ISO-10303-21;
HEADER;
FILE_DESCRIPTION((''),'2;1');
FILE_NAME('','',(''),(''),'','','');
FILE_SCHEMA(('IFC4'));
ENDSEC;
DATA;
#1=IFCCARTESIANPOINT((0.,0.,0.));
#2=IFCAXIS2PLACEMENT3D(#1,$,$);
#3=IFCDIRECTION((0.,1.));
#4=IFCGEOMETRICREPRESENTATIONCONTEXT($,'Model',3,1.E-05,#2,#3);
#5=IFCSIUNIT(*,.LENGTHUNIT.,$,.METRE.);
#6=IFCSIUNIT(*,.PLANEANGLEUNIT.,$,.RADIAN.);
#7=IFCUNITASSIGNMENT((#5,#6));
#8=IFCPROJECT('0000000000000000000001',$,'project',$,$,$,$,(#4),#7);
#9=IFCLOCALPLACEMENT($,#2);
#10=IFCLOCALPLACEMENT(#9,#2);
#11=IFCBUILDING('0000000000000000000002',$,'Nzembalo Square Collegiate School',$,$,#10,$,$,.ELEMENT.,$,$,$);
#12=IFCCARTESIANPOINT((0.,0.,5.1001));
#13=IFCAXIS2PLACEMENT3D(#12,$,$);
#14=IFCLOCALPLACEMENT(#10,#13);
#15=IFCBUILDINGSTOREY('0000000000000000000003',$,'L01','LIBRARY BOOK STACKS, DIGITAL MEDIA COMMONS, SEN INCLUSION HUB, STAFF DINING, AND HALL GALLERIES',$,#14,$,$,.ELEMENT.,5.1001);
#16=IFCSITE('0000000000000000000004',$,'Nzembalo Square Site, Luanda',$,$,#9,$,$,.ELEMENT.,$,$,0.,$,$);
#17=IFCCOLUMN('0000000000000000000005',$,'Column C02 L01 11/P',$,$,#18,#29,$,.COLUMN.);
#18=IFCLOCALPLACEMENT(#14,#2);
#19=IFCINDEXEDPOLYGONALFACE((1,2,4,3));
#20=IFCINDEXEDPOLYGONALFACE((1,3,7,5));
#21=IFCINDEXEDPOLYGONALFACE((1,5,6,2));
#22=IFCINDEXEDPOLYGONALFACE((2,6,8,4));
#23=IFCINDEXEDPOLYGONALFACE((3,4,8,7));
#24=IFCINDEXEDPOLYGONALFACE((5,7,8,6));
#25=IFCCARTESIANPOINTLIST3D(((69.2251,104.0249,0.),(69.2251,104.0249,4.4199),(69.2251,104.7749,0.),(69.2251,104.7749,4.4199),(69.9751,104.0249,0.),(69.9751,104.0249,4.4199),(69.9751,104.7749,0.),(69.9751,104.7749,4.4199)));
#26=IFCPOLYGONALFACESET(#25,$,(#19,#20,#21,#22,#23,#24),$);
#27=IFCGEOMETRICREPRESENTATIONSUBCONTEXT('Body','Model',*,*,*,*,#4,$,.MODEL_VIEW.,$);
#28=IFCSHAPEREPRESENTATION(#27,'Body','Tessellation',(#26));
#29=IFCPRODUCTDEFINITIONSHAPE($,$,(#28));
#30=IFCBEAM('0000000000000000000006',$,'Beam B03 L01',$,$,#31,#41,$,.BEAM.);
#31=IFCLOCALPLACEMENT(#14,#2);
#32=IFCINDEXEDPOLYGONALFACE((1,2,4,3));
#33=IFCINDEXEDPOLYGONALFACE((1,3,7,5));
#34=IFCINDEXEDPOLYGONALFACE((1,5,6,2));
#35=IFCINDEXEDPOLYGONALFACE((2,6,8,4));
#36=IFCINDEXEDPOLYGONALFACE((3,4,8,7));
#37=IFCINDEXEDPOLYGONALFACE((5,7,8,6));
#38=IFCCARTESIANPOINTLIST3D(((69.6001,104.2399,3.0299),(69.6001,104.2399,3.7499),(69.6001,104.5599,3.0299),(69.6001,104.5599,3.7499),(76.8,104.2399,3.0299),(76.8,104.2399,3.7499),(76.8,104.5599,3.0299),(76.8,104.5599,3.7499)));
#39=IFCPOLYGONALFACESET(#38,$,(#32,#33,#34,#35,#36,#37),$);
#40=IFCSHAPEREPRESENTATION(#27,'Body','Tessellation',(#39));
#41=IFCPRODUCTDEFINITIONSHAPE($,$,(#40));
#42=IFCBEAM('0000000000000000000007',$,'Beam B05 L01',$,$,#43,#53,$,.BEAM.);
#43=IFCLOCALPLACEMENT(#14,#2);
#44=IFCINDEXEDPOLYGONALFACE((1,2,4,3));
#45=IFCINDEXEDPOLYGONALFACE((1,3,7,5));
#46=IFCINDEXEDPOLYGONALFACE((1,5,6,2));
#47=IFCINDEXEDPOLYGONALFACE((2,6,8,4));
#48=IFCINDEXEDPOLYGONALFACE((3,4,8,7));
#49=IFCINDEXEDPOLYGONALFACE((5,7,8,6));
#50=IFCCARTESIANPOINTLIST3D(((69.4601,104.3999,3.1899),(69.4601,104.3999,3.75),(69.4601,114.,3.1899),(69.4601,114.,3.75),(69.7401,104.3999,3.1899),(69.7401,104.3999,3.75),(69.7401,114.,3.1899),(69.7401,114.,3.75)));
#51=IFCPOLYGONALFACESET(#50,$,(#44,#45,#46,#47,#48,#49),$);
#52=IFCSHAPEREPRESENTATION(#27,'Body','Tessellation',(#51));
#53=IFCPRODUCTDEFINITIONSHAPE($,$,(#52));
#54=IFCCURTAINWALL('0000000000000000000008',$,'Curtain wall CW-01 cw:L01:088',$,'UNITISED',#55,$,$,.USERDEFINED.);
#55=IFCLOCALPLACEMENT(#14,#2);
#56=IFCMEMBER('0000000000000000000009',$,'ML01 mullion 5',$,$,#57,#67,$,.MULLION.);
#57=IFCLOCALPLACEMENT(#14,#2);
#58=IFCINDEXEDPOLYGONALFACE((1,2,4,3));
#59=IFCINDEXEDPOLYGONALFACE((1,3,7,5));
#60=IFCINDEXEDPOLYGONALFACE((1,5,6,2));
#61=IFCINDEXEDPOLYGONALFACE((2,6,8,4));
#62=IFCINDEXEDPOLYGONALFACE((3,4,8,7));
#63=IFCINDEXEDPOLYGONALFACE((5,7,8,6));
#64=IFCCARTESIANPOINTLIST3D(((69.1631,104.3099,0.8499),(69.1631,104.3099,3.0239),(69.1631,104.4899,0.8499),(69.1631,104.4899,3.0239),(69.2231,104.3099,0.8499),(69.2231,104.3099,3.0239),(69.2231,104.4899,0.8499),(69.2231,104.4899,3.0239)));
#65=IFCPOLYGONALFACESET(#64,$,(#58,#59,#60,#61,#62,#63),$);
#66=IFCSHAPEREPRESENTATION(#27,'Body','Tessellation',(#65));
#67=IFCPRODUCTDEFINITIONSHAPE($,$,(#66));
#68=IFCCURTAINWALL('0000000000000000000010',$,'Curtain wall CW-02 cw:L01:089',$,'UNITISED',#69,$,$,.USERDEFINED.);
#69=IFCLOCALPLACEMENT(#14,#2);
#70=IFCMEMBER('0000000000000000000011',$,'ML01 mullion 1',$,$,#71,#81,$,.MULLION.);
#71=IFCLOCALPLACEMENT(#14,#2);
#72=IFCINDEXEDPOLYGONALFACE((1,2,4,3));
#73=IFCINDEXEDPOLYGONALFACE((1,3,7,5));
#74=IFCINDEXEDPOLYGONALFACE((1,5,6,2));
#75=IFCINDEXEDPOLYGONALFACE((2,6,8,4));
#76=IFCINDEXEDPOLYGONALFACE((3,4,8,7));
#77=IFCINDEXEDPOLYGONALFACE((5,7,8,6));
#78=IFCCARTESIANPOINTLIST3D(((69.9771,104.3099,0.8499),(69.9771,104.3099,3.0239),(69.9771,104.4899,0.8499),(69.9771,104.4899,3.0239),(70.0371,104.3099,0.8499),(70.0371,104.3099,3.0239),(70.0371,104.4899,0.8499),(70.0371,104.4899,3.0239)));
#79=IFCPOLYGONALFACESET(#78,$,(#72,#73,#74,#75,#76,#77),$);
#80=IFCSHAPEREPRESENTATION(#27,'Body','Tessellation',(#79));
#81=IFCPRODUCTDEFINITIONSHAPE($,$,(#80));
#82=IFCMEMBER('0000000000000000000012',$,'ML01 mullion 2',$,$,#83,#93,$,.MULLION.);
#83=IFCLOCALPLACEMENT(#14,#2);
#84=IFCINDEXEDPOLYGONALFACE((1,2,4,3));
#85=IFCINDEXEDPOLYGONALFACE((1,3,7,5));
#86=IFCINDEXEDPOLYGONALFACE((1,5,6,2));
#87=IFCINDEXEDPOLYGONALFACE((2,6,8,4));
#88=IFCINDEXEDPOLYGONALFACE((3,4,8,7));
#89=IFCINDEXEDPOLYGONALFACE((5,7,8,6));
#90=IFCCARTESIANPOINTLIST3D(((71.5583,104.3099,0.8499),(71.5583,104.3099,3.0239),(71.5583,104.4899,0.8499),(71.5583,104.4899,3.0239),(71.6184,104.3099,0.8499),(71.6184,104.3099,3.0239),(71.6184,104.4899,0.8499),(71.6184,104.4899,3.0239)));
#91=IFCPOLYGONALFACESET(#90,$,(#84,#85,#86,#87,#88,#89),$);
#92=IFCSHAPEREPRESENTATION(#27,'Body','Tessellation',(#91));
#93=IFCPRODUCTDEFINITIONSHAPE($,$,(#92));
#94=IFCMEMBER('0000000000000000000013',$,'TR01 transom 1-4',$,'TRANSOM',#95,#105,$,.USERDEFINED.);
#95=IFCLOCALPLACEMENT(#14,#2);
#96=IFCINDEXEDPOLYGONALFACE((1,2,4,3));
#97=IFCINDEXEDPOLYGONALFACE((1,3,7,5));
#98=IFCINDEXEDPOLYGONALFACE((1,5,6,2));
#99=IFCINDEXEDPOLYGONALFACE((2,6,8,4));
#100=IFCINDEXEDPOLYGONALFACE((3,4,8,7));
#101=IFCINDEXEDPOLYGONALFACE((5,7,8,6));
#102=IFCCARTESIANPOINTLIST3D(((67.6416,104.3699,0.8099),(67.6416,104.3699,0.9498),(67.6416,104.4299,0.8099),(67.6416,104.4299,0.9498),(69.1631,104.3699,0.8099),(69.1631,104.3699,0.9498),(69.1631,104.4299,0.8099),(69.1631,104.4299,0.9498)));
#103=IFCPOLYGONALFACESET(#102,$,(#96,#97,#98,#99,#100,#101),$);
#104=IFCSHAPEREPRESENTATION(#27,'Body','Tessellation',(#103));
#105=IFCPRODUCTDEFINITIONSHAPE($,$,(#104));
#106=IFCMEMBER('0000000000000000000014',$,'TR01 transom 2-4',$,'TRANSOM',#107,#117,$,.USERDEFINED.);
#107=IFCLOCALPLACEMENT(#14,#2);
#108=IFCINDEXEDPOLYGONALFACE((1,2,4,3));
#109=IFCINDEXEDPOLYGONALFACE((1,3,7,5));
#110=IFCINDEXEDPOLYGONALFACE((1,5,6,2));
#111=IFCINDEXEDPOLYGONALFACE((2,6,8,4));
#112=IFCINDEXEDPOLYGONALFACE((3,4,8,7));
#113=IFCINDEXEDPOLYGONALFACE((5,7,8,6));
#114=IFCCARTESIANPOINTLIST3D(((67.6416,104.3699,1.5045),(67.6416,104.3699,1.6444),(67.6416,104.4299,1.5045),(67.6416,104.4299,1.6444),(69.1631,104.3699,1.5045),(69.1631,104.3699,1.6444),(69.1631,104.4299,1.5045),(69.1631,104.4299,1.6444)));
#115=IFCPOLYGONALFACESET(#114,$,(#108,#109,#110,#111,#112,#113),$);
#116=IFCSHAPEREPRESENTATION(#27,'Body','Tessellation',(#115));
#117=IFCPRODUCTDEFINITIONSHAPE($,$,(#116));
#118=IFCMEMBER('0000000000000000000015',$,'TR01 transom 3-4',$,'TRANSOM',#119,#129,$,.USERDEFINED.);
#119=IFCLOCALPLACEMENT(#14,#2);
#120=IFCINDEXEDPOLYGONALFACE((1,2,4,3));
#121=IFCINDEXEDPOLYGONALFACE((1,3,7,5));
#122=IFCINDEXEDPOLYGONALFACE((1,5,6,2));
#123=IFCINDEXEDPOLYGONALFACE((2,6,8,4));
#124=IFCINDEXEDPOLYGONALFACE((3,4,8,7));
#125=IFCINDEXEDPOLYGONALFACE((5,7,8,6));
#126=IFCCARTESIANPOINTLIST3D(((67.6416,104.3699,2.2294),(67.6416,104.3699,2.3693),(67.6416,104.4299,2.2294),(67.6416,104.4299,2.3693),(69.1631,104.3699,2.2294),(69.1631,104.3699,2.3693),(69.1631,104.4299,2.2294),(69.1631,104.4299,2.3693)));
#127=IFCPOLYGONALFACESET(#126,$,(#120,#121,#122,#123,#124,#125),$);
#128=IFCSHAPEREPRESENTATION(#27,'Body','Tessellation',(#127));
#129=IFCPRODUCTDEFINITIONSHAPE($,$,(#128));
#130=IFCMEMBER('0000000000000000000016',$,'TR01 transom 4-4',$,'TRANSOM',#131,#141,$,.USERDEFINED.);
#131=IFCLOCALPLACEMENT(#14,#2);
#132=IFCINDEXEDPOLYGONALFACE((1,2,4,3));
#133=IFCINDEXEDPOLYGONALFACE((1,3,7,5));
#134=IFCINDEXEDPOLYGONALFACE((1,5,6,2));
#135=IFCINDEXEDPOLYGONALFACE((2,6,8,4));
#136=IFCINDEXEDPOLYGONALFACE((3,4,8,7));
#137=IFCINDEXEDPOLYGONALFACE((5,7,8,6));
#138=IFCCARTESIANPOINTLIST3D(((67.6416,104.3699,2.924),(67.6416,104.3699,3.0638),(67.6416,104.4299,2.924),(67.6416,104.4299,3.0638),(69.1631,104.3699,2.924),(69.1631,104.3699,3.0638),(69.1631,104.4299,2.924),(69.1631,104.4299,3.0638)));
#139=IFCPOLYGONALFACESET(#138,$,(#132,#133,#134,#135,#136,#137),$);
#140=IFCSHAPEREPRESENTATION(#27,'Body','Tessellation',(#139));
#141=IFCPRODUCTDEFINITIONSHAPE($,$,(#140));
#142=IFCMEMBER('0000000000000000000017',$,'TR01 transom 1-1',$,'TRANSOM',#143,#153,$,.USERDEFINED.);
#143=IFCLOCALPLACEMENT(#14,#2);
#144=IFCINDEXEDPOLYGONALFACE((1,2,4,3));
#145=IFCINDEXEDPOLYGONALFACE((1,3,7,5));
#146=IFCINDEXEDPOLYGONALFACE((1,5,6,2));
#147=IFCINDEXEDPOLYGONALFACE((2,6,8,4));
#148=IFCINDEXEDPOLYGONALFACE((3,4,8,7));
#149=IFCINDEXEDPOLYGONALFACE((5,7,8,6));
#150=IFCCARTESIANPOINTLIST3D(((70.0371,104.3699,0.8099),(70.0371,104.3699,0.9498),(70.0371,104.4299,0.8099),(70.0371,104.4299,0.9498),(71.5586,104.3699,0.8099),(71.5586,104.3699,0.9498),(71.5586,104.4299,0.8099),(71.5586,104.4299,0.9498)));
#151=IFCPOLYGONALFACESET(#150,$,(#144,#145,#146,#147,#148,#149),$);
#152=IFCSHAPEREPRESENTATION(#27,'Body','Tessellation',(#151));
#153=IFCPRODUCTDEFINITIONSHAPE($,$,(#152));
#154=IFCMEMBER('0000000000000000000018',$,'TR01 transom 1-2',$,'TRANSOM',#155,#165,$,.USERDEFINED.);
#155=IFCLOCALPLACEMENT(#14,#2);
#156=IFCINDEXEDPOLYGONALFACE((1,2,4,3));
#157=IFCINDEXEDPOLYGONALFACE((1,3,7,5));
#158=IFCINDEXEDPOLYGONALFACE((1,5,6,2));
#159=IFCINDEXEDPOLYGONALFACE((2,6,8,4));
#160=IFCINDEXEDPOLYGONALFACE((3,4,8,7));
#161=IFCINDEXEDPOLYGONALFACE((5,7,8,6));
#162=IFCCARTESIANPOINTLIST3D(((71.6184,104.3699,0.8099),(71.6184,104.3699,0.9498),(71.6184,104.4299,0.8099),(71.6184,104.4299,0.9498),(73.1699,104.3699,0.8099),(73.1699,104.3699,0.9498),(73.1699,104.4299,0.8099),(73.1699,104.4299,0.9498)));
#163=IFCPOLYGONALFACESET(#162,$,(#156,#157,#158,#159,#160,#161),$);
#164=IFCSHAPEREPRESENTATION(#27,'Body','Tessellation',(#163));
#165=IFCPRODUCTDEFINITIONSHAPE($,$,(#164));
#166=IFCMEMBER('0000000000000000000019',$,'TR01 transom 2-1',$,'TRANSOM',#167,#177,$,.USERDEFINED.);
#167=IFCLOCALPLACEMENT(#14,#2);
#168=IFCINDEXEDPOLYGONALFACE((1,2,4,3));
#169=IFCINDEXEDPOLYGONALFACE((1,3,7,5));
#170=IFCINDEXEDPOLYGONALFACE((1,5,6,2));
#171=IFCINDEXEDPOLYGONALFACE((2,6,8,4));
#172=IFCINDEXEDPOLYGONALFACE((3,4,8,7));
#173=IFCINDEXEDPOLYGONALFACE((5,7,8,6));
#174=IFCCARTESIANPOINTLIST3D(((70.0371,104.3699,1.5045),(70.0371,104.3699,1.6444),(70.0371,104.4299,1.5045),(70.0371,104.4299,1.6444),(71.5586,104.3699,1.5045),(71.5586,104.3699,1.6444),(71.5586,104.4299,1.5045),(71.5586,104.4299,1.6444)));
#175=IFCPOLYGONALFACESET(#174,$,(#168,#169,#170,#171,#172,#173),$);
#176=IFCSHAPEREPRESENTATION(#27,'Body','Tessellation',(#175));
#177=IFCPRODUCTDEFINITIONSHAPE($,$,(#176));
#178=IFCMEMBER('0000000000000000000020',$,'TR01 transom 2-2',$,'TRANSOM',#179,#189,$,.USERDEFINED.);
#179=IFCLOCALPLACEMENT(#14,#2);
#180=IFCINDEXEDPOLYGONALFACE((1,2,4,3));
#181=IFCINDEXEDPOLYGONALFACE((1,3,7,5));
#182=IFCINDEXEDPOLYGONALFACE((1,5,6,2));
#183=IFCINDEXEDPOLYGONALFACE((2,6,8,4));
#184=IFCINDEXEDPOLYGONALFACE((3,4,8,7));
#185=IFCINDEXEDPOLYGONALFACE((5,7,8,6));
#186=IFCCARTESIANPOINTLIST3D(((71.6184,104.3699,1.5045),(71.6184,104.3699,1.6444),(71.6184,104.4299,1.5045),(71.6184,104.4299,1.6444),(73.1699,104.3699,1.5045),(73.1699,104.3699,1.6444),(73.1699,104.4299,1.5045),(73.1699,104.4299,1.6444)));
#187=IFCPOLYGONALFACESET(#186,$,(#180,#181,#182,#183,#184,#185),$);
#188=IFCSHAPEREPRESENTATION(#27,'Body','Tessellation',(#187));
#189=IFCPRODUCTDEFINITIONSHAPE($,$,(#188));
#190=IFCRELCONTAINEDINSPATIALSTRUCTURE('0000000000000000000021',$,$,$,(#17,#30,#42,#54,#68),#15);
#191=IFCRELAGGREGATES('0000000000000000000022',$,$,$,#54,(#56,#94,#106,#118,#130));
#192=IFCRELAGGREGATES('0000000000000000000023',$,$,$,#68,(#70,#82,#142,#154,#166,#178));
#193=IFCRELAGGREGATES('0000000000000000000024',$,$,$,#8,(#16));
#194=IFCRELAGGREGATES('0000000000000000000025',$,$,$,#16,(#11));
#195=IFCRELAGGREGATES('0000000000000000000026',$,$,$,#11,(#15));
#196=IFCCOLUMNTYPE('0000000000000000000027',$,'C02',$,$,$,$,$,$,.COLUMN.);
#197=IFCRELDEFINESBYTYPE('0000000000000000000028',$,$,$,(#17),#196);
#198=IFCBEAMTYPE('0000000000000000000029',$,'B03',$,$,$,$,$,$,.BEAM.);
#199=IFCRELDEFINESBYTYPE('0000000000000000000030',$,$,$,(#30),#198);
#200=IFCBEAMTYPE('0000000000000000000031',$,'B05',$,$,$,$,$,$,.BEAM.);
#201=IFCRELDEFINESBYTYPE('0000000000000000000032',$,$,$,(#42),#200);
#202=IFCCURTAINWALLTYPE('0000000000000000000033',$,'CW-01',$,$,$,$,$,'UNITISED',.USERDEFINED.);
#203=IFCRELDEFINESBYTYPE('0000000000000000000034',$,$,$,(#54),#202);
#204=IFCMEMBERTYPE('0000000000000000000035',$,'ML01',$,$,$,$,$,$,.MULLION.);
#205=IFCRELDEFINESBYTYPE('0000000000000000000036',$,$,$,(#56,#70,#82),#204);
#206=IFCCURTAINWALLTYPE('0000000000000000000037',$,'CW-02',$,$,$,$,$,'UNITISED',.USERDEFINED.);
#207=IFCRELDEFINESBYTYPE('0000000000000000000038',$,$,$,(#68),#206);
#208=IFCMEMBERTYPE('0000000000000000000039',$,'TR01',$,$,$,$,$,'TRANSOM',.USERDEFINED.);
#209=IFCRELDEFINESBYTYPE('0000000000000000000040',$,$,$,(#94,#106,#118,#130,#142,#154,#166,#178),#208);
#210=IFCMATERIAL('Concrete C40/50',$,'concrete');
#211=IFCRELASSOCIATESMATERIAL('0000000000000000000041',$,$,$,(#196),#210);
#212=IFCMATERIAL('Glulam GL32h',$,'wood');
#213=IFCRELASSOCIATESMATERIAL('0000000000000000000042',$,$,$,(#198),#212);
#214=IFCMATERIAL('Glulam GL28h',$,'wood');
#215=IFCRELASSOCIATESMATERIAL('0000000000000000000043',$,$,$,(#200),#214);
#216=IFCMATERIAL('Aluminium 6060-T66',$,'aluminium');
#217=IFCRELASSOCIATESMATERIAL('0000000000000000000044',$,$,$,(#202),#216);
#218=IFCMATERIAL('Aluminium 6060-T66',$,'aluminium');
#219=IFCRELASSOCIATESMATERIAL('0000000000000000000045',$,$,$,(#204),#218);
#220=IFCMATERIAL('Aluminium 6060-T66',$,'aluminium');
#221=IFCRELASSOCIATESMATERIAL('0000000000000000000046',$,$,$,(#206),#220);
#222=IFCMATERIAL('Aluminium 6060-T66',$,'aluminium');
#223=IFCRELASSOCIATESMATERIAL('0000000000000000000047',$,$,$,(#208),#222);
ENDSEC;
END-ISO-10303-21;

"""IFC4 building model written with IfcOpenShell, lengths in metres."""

from ifc_helpers import new_model, si_unit, direction, frame, origin, origin_2d, place, context, subcontext, project, spatial, rectangle, extrude, material, material_profile, profile_set, type_object, element, aggregate, save


model = new_model("IFC4")

# Units and contexts
model_context = context("Model", 3, precision=1e-05, world=origin(), true_north=direction((0.0, 1.0)))
body_context = subcontext(model_context, "Body", "Model", "MODEL_VIEW")
ifc_project = project(units=[si_unit("LENGTHUNIT", "METRE"), si_unit("PLANEANGLEUNIT", "RADIAN")], contexts=[model_context])

# Site, building, storey
site_placement = place(None, origin())
site = spatial("IfcSite", under=ifc_project, at=site_placement, Name="Nzembalo Square Site, Luanda", CompositionType="ELEMENT", RefElevation=0.0)
building_placement = place(site_placement, origin())
building = spatial("IfcBuilding", under=site, at=building_placement, Name="Nzembalo Square Collegiate School", CompositionType="ELEMENT")
storey_placement = place(building_placement, frame((0.0, 0.0, 5.1001)))
storey = spatial("IfcBuildingStorey", under=building, at=storey_placement, Name="L01", Description="LIBRARY BOOK STACKS, DIGITAL MEDIA COMMONS, SEN INCLUSION HUB, STAFF DINING, AND HALL GALLERIES", CompositionType="ELEMENT", Elevation=5.1001)

# Column
ifc_material_1 = material(Name="Concrete C40/50", Category="concrete")
ifc_material_profile_1 = material_profile(ifc_material_1, rectangle(XDim=0.75, YDim=0.75, at=origin_2d()), Name="RC 750x750")
ifc_profile_set_1 = profile_set([ifc_material_profile_1], Name="Concrete C40/50")
column_type = type_object("IfcColumnType", Name="C02", PredefinedType="COLUMN", material=ifc_profile_set_1)
column_placement = place(storey_placement, frame((69.6001, 104.3999, 0.0), z_axis=(0.0, 0.0, 1.0), x_axis=(1.0, 0.0, 0.0)))
element("IfcColumn", 1, at=column_placement, inside=storey, type_object=column_type, Name="Column C02 L01 11/P", PredefinedType="COLUMN", context=body_context, shape_type="SweptSolid", body=[
    extrude(rectangle(XDim=0.75, YDim=0.75, at=origin_2d()), origin(), (0.0, 0.0, 1.0), 4.4199),
])

# Beams
ifc_material_2 = material(Name="Glulam GL32h", Category="wood")
ifc_material_profile_2 = material_profile(ifc_material_2, rectangle(XDim=0.3201, YDim=0.72, at=origin_2d()), Name="GL32h 320x720")
ifc_profile_set_2 = profile_set([ifc_material_profile_2], Name="Glulam GL32h")
beam_type_1 = type_object("IfcBeamType", Name="B03", PredefinedType="BEAM", material=ifc_profile_set_2)
beam_1_placement = place(storey_placement, frame((69.6001, 104.3999, 3.3899), z_axis=(1.0, 0.0, 0.0), x_axis=(0.0, 1.0, 0.0)))
element("IfcBeam", 2, at=beam_1_placement, inside=storey, type_object=beam_type_1, Name="Beam B03 L01", PredefinedType="BEAM", context=body_context, shape_type="SweptSolid", body=[
    extrude(rectangle(XDim=0.3201, YDim=0.72, at=origin_2d()), origin(), (0.0, 0.0, 1.0), 7.2),
])
ifc_material_3 = material(Name="Glulam GL28h", Category="wood")
ifc_material_profile_3 = material_profile(ifc_material_3, rectangle(XDim=0.28, YDim=0.5601, at=origin_2d()), Name="GL28h 280x560")
ifc_profile_set_3 = profile_set([ifc_material_profile_3], Name="Glulam GL28h")
beam_type_2 = type_object("IfcBeamType", Name="B05", PredefinedType="BEAM", material=ifc_profile_set_3)
beam_2_placement = place(storey_placement, frame((69.6001, 104.3999, 3.47), z_axis=(0.0, 1.0, 0.0), x_axis=(-1.0, 0.0, 0.0)))
element("IfcBeam", 3, at=beam_2_placement, inside=storey, type_object=beam_type_2, Name="Beam B05 L01", PredefinedType="BEAM", context=body_context, shape_type="SweptSolid", body=[
    extrude(rectangle(XDim=0.28, YDim=0.5601, at=origin_2d()), origin(), (0.0, 0.0, 1.0), 9.6001),
])

# Curtain wall, member
ifc_material_4 = material(Name="Aluminium 6060-T66", Category="aluminium")
curtain_wall_type_1 = type_object("IfcCurtainWallType", Name="CW-01", ElementType="UNITISED", PredefinedType="USERDEFINED", material=ifc_material_4)
curtain_wall_1_placement = place(storey_placement, origin())
curtain_wall_1 = element("IfcCurtainWall", 4, at=curtain_wall_1_placement, inside=storey, type_object=curtain_wall_type_1, Name="Curtain wall CW-01 cw:L01:088", ObjectType="UNITISED", PredefinedType="USERDEFINED")
ifc_material_5 = material(Name="Aluminium 6060-T66", Category="aluminium")
ifc_material_profile_4 = material_profile(ifc_material_5, rectangle(XDim=0.0601, YDim=0.1799, at=origin_2d()), Name="ALU M60x180")
ifc_profile_set_4 = profile_set([ifc_material_profile_4], Name="Aluminium 6060-T66")
member_type_1 = type_object("IfcMemberType", Name="ML01", PredefinedType="MULLION", material=ifc_profile_set_4)
member_1_placement = place(storey_placement, frame((69.1931, 104.3999, 0.8499), z_axis=(0.0, 0.0, 1.0), x_axis=(1.0, 0.0, 0.0)))
member_1 = element("IfcMember", 5, at=member_1_placement, type_object=member_type_1, Name="ML01 mullion 5", PredefinedType="MULLION", context=body_context, shape_type="SweptSolid", body=[
    extrude(rectangle(XDim=0.0601, YDim=0.1799, at=origin_2d()), origin(), (0.0, 0.0, 1.0), 2.1741),
])

# Curtain wall, members
ifc_material_6 = material(Name="Aluminium 6060-T66", Category="aluminium")
curtain_wall_type_2 = type_object("IfcCurtainWallType", Name="CW-02", ElementType="UNITISED", PredefinedType="USERDEFINED", material=ifc_material_6)
curtain_wall_2_placement = place(storey_placement, origin())
curtain_wall_2 = element("IfcCurtainWall", 6, at=curtain_wall_2_placement, inside=storey, type_object=curtain_wall_type_2, Name="Curtain wall CW-02 cw:L01:089", ObjectType="UNITISED", PredefinedType="USERDEFINED")
member_2_placement = place(storey_placement, frame((70.0071, 104.3999, 0.8499), z_axis=(0.0, 0.0, 1.0), x_axis=(1.0, 0.0, 0.0)))
member_2 = element("IfcMember", 7, at=member_2_placement, type_object=member_type_1, Name="ML01 mullion 1", PredefinedType="MULLION", context=body_context, shape_type="SweptSolid", body=[
    extrude(rectangle(XDim=0.0601, YDim=0.1799, at=origin_2d()), origin(), (0.0, 0.0, 1.0), 2.1741),
])
member_3_placement = place(storey_placement, frame((71.5884, 104.3999, 0.8499), z_axis=(0.0, 0.0, 1.0), x_axis=(1.0, 0.0, 0.0)))
member_3 = element("IfcMember", 8, at=member_3_placement, type_object=member_type_1, Name="ML01 mullion 2", PredefinedType="MULLION", context=body_context, shape_type="SweptSolid", body=[
    extrude(rectangle(XDim=0.0601, YDim=0.1799, at=origin_2d()), origin(), (0.0, 0.0, 1.0), 2.1741),
])

# Members
ifc_material_7 = material(Name="Aluminium 6060-T66", Category="aluminium")
ifc_material_profile_5 = material_profile(ifc_material_7, rectangle(XDim=0.0601, YDim=0.1399, at=origin_2d()), Name="ALU T60x140")
ifc_profile_set_5 = profile_set([ifc_material_profile_5], Name="Aluminium 6060-T66")
member_type_2 = type_object("IfcMemberType", Name="TR01", ElementType="TRANSOM", PredefinedType="USERDEFINED", material=ifc_profile_set_5)
member_4_placement = place(storey_placement, frame((67.6416, 104.3999, 0.8799), z_axis=(1.0, 0.0, 0.0), x_axis=(0.0, 1.0, 0.0)))
member_4 = element("IfcMember", 9, at=member_4_placement, type_object=member_type_2, Name="TR01 transom 1-4", ObjectType="TRANSOM", PredefinedType="USERDEFINED", context=body_context, shape_type="SweptSolid", body=[
    extrude(rectangle(XDim=0.0601, YDim=0.1399, at=origin_2d()), origin(), (0.0, 0.0, 1.0), 1.5215),
])
member_5_placement = place(storey_placement, frame((67.6416, 104.3999, 1.5745), z_axis=(1.0, 0.0, 0.0), x_axis=(0.0, 1.0, 0.0)))
member_5 = element("IfcMember", 10, at=member_5_placement, type_object=member_type_2, Name="TR01 transom 2-4", ObjectType="TRANSOM", PredefinedType="USERDEFINED", context=body_context, shape_type="SweptSolid", body=[
    extrude(rectangle(XDim=0.0601, YDim=0.1399, at=origin_2d()), origin(), (0.0, 0.0, 1.0), 1.5215),
])
member_6_placement = place(storey_placement, frame((67.6416, 104.3999, 2.2993), z_axis=(1.0, 0.0, 0.0), x_axis=(0.0, 1.0, 0.0)))
member_6 = element("IfcMember", 11, at=member_6_placement, type_object=member_type_2, Name="TR01 transom 3-4", ObjectType="TRANSOM", PredefinedType="USERDEFINED", context=body_context, shape_type="SweptSolid", body=[
    extrude(rectangle(XDim=0.0601, YDim=0.1399, at=origin_2d()), origin(), (0.0, 0.0, 1.0), 1.5215),
])
member_7_placement = place(storey_placement, frame((67.6416, 104.3999, 2.9939), z_axis=(1.0, 0.0, 0.0), x_axis=(0.0, 1.0, 0.0)))
member_7 = element("IfcMember", 12, at=member_7_placement, type_object=member_type_2, Name="TR01 transom 4-4", ObjectType="TRANSOM", PredefinedType="USERDEFINED", context=body_context, shape_type="SweptSolid", body=[
    extrude(rectangle(XDim=0.0601, YDim=0.1399, at=origin_2d()), origin(), (0.0, 0.0, 1.0), 1.5215),
])
member_8_placement = place(storey_placement, frame((70.0371, 104.3999, 0.8799), z_axis=(1.0, 0.0, 0.0), x_axis=(0.0, 1.0, 0.0)))
member_8 = element("IfcMember", 13, at=member_8_placement, type_object=member_type_2, Name="TR01 transom 1-1", ObjectType="TRANSOM", PredefinedType="USERDEFINED", context=body_context, shape_type="SweptSolid", body=[
    extrude(rectangle(XDim=0.0601, YDim=0.1399, at=origin_2d()), origin(), (0.0, 0.0, 1.0), 1.5215),
])
member_9_placement = place(storey_placement, frame((71.6184, 104.3999, 0.8799), z_axis=(1.0, 0.0, 0.0), x_axis=(0.0, 1.0, 0.0)))
member_9 = element("IfcMember", 14, at=member_9_placement, type_object=member_type_2, Name="TR01 transom 1-2", ObjectType="TRANSOM", PredefinedType="USERDEFINED", context=body_context, shape_type="SweptSolid", body=[
    extrude(rectangle(XDim=0.0601, YDim=0.1399, at=origin_2d()), origin(), (0.0, 0.0, 1.0), 1.5515),
])
member_10_placement = place(storey_placement, frame((70.0371, 104.3999, 1.5745), z_axis=(1.0, 0.0, 0.0), x_axis=(0.0, 1.0, 0.0)))
member_10 = element("IfcMember", 15, at=member_10_placement, type_object=member_type_2, Name="TR01 transom 2-1", ObjectType="TRANSOM", PredefinedType="USERDEFINED", context=body_context, shape_type="SweptSolid", body=[
    extrude(rectangle(XDim=0.0601, YDim=0.1399, at=origin_2d()), origin(), (0.0, 0.0, 1.0), 1.5215),
])
member_11_placement = place(storey_placement, frame((71.6184, 104.3999, 1.5745), z_axis=(1.0, 0.0, 0.0), x_axis=(0.0, 1.0, 0.0)))
member_11 = element("IfcMember", 16, at=member_11_placement, type_object=member_type_2, Name="TR01 transom 2-2", ObjectType="TRANSOM", PredefinedType="USERDEFINED", context=body_context, shape_type="SweptSolid", body=[
    extrude(rectangle(XDim=0.0601, YDim=0.1399, at=origin_2d()), origin(), (0.0, 0.0, 1.0), 1.5515),
])

aggregate(curtain_wall_1, [member_1, member_4, member_5, member_6, member_7])
aggregate(curtain_wall_2, [member_2, member_3, member_8, member_9, member_10, member_11])

save(model, "model.ifc")
